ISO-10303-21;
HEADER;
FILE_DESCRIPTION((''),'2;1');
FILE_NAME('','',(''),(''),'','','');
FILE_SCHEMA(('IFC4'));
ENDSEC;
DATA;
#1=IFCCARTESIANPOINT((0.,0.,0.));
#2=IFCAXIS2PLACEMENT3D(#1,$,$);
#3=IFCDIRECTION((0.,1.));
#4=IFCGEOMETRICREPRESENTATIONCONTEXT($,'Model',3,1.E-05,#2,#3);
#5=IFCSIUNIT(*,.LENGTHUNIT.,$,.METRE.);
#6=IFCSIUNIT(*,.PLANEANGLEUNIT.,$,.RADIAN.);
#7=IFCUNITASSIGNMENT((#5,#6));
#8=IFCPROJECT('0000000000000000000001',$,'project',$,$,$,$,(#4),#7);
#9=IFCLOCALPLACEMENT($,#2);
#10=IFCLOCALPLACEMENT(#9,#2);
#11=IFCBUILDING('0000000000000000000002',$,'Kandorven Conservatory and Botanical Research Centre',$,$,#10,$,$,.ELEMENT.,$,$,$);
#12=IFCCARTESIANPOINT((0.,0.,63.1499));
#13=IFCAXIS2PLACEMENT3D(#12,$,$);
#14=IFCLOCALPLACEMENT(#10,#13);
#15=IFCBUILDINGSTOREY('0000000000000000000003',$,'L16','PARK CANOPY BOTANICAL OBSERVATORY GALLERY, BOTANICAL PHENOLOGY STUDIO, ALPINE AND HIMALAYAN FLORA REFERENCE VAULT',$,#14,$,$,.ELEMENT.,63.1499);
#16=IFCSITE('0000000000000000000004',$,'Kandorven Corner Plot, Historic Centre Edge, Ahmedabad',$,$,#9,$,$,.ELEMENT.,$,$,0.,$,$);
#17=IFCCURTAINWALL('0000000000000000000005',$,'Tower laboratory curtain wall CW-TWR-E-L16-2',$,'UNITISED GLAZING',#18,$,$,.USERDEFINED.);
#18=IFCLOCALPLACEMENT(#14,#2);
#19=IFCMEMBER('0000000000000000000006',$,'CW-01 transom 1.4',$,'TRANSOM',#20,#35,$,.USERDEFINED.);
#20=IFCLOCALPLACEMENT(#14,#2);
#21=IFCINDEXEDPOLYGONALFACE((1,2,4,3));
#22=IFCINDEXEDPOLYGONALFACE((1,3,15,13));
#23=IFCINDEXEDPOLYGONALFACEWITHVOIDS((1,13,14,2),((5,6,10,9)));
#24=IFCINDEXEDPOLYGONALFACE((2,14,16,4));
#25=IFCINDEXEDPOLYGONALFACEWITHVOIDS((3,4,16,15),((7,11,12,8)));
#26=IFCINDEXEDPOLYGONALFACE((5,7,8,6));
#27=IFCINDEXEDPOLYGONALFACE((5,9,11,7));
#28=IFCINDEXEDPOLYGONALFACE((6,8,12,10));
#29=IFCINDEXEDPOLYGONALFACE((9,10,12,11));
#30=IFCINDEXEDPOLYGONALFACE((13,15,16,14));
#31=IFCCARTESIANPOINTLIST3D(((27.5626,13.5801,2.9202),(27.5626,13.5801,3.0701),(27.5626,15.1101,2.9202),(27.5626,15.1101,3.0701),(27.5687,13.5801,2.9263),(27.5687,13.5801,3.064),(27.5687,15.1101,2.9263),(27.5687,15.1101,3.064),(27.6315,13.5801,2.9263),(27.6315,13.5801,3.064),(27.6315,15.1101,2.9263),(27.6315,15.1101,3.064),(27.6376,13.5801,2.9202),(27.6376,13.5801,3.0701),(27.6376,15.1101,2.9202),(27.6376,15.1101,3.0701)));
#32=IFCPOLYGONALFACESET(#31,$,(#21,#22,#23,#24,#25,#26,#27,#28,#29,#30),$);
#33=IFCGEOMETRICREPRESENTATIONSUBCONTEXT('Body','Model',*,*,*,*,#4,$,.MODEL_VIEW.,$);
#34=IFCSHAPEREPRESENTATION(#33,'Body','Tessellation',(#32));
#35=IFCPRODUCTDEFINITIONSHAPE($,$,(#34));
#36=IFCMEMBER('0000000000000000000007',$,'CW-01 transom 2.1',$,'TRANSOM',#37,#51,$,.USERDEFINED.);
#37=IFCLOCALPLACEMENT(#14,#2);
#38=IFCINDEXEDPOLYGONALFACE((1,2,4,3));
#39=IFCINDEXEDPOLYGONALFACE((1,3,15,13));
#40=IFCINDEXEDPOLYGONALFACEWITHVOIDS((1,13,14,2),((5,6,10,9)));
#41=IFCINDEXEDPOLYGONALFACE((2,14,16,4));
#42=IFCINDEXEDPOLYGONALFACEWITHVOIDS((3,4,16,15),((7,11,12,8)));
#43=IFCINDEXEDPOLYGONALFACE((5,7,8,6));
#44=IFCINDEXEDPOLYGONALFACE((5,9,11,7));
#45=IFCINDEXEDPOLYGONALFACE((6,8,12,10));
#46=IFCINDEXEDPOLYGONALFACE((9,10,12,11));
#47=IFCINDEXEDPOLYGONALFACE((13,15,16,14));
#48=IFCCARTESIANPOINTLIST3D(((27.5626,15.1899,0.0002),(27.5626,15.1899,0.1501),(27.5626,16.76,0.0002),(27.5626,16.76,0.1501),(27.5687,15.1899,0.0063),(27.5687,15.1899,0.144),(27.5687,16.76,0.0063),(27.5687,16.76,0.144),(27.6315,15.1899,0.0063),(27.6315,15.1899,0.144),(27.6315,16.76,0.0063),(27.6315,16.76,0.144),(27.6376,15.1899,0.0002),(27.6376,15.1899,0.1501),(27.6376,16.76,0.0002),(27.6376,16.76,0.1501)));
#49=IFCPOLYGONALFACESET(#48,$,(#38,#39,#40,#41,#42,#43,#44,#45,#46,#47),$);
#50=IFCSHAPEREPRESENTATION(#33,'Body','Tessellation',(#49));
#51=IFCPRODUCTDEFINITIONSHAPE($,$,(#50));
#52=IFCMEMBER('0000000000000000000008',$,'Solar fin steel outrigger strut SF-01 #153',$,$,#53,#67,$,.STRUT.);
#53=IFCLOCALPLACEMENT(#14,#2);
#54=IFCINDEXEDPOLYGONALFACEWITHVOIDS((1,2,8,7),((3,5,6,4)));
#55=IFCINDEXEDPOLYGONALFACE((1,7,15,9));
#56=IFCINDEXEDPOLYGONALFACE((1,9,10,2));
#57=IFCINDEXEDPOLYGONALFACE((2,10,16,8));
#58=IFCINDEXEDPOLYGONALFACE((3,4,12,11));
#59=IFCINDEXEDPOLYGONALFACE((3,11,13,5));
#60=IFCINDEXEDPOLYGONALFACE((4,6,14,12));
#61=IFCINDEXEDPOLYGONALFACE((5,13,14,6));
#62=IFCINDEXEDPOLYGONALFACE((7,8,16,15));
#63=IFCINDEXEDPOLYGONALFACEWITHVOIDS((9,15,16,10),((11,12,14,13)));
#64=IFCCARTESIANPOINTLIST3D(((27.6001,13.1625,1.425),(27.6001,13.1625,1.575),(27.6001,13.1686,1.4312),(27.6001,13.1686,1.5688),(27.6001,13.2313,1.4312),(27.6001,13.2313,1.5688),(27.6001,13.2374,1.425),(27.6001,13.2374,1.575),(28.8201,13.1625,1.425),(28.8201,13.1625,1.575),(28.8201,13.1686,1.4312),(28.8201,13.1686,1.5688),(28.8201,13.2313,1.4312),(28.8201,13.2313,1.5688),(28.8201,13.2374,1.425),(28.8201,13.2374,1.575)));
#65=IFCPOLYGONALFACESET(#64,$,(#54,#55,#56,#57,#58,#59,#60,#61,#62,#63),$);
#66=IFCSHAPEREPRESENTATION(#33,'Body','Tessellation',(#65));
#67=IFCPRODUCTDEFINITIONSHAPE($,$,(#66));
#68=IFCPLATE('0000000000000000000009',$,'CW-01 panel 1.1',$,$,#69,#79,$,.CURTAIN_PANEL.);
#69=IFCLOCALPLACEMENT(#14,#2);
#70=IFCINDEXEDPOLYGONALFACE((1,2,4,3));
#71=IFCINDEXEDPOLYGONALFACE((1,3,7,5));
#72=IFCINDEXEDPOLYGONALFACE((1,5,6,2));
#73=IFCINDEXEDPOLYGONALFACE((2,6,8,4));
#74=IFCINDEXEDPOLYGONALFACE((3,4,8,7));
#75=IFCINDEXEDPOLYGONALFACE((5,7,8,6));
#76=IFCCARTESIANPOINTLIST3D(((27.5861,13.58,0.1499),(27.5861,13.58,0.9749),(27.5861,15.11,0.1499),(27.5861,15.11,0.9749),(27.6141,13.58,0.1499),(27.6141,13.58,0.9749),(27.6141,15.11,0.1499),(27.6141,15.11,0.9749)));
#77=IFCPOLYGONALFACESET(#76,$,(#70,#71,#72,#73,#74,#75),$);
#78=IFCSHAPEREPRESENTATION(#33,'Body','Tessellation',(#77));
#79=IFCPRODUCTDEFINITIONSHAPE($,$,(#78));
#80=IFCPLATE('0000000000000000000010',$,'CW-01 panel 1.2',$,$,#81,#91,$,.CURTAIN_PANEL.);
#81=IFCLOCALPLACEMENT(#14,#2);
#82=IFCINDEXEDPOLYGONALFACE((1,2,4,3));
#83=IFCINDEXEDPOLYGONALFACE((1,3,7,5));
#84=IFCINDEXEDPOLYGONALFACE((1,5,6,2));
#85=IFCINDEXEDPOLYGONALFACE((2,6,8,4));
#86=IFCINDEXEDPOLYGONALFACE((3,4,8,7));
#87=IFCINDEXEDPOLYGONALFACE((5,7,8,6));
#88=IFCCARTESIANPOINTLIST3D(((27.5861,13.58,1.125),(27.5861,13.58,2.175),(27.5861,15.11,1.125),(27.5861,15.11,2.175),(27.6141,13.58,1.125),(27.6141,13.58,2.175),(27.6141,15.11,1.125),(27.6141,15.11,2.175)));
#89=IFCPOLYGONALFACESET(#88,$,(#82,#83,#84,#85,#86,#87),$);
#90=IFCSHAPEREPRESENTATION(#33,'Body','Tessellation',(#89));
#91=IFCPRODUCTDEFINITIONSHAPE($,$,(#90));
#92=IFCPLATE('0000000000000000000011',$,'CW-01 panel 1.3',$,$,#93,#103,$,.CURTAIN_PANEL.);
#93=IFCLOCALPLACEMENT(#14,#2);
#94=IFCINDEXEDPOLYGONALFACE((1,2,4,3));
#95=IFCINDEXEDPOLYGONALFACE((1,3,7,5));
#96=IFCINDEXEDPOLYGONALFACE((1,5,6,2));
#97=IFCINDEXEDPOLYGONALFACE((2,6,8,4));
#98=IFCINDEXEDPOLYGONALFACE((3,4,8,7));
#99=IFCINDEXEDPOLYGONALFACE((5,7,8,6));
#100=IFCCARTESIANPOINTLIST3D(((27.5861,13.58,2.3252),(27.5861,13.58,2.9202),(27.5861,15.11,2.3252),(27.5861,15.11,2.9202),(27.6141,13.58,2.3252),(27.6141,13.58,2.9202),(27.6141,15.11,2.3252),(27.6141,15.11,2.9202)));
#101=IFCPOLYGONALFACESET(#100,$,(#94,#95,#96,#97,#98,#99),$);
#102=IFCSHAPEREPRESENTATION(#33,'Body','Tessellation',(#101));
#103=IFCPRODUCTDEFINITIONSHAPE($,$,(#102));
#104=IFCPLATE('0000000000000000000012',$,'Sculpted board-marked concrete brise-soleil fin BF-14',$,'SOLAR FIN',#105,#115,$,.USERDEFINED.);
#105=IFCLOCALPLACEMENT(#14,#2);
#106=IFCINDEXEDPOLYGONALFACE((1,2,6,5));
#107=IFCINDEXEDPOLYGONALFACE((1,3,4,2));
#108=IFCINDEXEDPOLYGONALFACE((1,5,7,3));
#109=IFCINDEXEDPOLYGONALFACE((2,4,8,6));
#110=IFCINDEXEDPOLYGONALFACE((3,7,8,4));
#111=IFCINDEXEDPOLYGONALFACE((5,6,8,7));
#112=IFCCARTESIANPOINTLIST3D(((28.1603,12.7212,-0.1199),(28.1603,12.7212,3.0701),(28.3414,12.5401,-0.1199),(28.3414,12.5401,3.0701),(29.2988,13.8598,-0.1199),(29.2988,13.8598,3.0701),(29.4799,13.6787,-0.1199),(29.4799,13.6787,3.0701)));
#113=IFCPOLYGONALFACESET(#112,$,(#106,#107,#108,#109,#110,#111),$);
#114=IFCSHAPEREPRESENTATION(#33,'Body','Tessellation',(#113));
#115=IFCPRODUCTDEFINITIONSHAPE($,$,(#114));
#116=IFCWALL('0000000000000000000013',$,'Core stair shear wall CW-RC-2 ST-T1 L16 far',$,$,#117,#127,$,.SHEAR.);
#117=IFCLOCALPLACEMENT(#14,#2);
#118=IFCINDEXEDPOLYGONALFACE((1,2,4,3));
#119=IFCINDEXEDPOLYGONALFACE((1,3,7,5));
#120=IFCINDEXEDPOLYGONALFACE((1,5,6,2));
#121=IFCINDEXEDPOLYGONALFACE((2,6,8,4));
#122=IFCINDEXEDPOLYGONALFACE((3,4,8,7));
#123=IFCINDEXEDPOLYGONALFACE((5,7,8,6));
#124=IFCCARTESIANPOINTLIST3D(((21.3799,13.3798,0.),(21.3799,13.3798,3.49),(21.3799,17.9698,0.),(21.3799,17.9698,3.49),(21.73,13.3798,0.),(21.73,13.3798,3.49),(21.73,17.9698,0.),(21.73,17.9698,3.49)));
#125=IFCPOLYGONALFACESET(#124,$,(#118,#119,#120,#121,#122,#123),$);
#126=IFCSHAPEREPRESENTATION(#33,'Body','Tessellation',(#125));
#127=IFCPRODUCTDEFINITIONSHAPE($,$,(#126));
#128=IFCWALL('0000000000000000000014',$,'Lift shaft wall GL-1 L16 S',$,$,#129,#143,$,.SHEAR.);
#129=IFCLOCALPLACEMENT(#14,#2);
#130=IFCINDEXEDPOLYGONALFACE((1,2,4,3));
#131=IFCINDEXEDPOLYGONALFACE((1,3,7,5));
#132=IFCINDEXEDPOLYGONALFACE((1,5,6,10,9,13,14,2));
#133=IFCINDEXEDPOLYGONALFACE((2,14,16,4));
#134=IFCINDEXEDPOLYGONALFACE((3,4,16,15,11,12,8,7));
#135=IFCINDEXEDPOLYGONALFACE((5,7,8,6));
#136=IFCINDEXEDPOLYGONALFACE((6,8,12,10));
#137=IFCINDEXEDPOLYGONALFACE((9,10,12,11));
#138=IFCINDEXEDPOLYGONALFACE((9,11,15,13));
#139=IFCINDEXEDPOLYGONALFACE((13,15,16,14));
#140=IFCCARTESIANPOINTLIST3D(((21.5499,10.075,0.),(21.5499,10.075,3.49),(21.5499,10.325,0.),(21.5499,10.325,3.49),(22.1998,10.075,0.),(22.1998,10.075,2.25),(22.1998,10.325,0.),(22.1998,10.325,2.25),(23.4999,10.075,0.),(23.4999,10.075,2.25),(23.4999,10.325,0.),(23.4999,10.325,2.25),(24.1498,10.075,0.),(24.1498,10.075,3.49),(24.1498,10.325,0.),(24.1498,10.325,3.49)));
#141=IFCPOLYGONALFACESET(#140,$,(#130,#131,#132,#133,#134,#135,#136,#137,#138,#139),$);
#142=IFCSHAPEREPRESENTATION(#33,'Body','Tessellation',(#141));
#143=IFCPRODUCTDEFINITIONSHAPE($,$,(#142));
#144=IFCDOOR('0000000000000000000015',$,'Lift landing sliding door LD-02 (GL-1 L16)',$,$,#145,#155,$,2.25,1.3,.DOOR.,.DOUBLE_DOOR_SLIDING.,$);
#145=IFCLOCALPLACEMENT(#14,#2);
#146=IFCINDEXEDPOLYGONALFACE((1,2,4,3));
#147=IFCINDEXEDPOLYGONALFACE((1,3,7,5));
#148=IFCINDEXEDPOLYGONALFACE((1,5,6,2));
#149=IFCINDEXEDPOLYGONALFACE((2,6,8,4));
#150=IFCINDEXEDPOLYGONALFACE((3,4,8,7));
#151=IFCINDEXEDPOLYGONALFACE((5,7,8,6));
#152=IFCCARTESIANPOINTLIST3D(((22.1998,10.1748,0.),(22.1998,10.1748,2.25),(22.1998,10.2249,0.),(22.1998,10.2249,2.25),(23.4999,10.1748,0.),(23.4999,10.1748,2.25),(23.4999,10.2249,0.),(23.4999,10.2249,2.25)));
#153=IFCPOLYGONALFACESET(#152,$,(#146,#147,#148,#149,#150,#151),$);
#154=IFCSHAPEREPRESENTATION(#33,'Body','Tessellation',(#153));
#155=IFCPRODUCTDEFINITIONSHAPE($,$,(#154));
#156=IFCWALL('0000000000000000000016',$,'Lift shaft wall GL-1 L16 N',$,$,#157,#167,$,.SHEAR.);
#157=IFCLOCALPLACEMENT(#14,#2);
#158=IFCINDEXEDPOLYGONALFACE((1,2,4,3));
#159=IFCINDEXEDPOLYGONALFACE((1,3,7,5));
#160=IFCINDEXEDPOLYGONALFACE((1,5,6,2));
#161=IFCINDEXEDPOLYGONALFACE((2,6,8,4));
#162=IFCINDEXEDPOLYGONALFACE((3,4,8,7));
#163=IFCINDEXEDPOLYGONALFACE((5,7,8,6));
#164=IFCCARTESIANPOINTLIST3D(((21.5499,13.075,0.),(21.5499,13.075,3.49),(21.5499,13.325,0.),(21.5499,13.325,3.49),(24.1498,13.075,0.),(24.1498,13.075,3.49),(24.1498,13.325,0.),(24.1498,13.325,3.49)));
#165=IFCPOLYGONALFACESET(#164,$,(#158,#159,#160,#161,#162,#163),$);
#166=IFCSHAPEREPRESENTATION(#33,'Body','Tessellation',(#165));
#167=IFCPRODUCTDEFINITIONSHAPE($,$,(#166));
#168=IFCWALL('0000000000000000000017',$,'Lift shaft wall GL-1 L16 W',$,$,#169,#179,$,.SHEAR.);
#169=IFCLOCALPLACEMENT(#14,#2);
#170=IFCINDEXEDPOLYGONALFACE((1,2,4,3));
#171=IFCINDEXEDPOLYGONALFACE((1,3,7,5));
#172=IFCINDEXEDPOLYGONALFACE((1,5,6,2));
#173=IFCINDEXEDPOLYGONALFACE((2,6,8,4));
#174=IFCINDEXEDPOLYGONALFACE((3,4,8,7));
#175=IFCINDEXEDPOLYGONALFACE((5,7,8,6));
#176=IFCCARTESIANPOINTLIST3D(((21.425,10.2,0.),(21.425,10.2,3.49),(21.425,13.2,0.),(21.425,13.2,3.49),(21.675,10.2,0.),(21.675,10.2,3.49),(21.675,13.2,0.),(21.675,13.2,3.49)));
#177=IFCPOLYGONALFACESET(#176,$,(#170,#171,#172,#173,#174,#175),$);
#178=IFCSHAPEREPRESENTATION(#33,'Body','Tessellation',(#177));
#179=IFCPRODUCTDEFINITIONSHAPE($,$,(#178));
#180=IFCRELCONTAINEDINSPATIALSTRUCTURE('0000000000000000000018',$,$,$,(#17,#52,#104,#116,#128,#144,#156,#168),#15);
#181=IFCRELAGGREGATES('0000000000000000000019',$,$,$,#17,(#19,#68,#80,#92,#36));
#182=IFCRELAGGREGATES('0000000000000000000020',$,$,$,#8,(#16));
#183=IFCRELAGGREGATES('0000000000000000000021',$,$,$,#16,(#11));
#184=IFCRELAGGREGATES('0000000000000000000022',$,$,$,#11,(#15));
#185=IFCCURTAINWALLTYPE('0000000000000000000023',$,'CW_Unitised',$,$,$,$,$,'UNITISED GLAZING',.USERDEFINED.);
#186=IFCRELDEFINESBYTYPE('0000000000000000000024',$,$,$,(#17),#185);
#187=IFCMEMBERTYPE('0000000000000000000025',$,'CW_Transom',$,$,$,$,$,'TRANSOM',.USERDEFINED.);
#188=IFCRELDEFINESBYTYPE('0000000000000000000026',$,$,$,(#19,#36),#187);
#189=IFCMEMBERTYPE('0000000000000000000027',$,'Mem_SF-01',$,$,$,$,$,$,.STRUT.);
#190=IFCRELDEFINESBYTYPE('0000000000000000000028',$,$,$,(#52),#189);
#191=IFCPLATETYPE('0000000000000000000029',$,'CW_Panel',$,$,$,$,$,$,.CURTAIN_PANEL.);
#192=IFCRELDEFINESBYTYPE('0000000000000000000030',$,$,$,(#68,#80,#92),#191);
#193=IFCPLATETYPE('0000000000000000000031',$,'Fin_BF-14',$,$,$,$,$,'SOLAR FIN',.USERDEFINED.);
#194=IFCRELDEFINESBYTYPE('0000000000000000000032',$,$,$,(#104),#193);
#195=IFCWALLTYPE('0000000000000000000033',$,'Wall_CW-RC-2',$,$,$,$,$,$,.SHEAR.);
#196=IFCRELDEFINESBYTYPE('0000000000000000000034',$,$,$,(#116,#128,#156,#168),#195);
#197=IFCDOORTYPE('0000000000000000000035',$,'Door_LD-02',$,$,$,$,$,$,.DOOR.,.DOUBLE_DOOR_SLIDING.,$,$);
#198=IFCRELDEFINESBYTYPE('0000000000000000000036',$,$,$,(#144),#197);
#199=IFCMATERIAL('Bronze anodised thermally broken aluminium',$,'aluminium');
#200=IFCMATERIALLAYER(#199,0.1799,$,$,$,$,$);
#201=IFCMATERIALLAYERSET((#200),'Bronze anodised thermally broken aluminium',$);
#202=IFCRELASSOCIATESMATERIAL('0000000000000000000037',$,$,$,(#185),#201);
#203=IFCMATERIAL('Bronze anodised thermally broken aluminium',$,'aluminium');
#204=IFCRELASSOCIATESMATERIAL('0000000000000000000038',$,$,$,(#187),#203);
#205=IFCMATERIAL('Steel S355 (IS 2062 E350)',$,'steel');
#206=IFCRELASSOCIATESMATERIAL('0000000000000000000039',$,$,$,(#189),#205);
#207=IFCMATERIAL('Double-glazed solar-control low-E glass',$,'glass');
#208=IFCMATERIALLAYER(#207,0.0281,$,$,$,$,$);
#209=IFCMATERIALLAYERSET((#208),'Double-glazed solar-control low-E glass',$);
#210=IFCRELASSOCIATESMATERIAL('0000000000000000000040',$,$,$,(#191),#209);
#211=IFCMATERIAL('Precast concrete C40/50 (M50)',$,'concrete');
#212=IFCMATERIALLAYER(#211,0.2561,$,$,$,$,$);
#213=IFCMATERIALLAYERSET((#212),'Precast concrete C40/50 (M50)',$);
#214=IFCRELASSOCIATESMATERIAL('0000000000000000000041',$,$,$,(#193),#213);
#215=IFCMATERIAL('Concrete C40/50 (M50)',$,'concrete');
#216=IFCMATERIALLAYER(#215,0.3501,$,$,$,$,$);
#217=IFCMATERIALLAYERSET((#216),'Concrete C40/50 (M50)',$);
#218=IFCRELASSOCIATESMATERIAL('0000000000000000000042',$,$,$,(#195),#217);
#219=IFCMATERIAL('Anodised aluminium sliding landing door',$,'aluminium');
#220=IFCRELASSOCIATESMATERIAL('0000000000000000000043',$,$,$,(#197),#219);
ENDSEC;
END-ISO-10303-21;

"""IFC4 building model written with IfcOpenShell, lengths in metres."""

from ifc_helpers import new_model, si_unit, direction, frame, frame_2d, origin, origin_2d, place, context, subcontext, project, spatial, rectangle, hollow_rectangle, extrude, material, layer, layer_set, material_profile, profile_set, type_object, element, fill, aggregate, save


model = new_model("IFC4")

# Units and contexts
model_context = context("Model", 3, precision=1e-05, world=origin(), true_north=direction((0.0, 1.0)))
body_context = subcontext(model_context, "Body", "Model", "MODEL_VIEW")
ifc_project = project(units=[si_unit("LENGTHUNIT", "METRE"), si_unit("PLANEANGLEUNIT", "RADIAN")], contexts=[model_context])

# Site, building, storey
site_placement = place(None, origin())
site = spatial("IfcSite", under=ifc_project, at=site_placement, Name="Kandorven Corner Plot, Historic Centre Edge, Ahmedabad", CompositionType="ELEMENT", RefElevation=0.0)
building_placement = place(site_placement, origin())
building = spatial("IfcBuilding", under=site, at=building_placement, Name="Kandorven Conservatory and Botanical Research Centre", CompositionType="ELEMENT")
storey_placement = place(building_placement, frame((0.0, 0.0, 63.1499)))
storey = spatial("IfcBuildingStorey", under=building, at=storey_placement, Name="L16", Description="PARK CANOPY BOTANICAL OBSERVATORY GALLERY, BOTANICAL PHENOLOGY STUDIO, ALPINE AND HIMALAYAN FLORA REFERENCE VAULT", CompositionType="ELEMENT", Elevation=63.1499)

# Curtain wall, members
ifc_material_1 = material(Name="Bronze anodised thermally broken aluminium", Category="aluminium")
ifc_layer_1 = layer(ifc_material_1, 0.1799)
ifc_layer_set_1 = layer_set([ifc_layer_1], Name="Bronze anodised thermally broken aluminium")
curtain_wall_type = type_object("IfcCurtainWallType", Name="CW_Unitised", ElementType="UNITISED GLAZING", PredefinedType="USERDEFINED", material=ifc_layer_set_1)
curtain_wall_placement = place(storey_placement, origin())
curtain_wall = element("IfcCurtainWall", 1, at=curtain_wall_placement, inside=storey, type_object=curtain_wall_type, Name="Tower laboratory curtain wall CW-TWR-E-L16-2", ObjectType="UNITISED GLAZING", PredefinedType="USERDEFINED")
ifc_material_2 = material(Name="Bronze anodised thermally broken aluminium", Category="aluminium")
ifc_material_profile_1 = material_profile(ifc_material_2, hollow_rectangle(XDim=0.075, YDim=0.1499, WallThickness=0.0061, at=origin_2d()))
ifc_profile_set_1 = profile_set([ifc_material_profile_1], Name="Bronze anodised thermally broken aluminium")
member_type_1 = type_object("IfcMemberType", Name="CW_Transom", ElementType="TRANSOM", PredefinedType="USERDEFINED", material=ifc_profile_set_1)
member_1_placement = place(storey_placement, frame((27.6001, 13.5801, 2.9951), z_axis=(0.0, 1.0, 0.0), x_axis=(-1.0, 0.0, 0.0)))
member_1 = element("IfcMember", 2, at=member_1_placement, type_object=member_type_1, Name="CW-01 transom 1.4", ObjectType="TRANSOM", PredefinedType="USERDEFINED", context=body_context, shape_type="SweptSolid", body=[
    extrude(hollow_rectangle(XDim=0.075, YDim=0.1499, WallThickness=0.0061, at=origin_2d()), origin(), (0.0, 0.0, 1.0), 1.53),
])
member_2_placement = place(storey_placement, frame((27.6001, 15.1899, 0.0752), z_axis=(0.0, 1.0, 0.0), x_axis=(-1.0, 0.0, 0.0)))
member_2 = element("IfcMember", 3, at=member_2_placement, type_object=member_type_1, Name="CW-01 transom 2.1", ObjectType="TRANSOM", PredefinedType="USERDEFINED", context=body_context, shape_type="SweptSolid", body=[
    extrude(hollow_rectangle(XDim=0.075, YDim=0.1499, WallThickness=0.0061, at=origin_2d()), origin(), (0.0, 0.0, 1.0), 1.5701),
])

# Member
ifc_material_3 = material(Name="Steel S355 (IS 2062 E350)", Category="steel")
ifc_material_profile_2 = material_profile(ifc_material_3, hollow_rectangle(XDim=0.075, YDim=0.1499, WallThickness=0.0061, at=origin_2d()))
ifc_profile_set_2 = profile_set([ifc_material_profile_2], Name="Steel S355 (IS 2062 E350)")
member_type_2 = type_object("IfcMemberType", Name="Mem_SF-01", PredefinedType="STRUT", material=ifc_profile_set_2)
member_3_placement = place(storey_placement, frame((27.6001, 13.2, 1.5), z_axis=(1.0, 0.0, 0.0), x_axis=(0.0, 1.0, 0.0)))
element("IfcMember", 4, at=member_3_placement, inside=storey, type_object=member_type_2, Name="Solar fin steel outrigger strut SF-01 #153", PredefinedType="STRUT", context=body_context, shape_type="SweptSolid", body=[
    extrude(hollow_rectangle(XDim=0.075, YDim=0.1499, WallThickness=0.0061, at=origin_2d()), origin(), (0.0, 0.0, 1.0), 1.22),
])

# Plates
ifc_material_4 = material(Name="Double-glazed solar-control low-E glass", Category="glass")
ifc_layer_2 = layer(ifc_material_4, 0.0281)
ifc_layer_set_2 = layer_set([ifc_layer_2], Name="Double-glazed solar-control low-E glass")
plate_type_1 = type_object("IfcPlateType", Name="CW_Panel", PredefinedType="CURTAIN_PANEL", material=ifc_layer_set_2)
plate_1_placement = place(storey_placement, frame((27.6001, 14.345, 0.1499), z_axis=(0.0, 0.0, 1.0), x_axis=(0.0, 1.0, 0.0)))
plate_1 = element("IfcPlate", 5, at=plate_1_placement, type_object=plate_type_1, Name="CW-01 panel 1.1", PredefinedType="CURTAIN_PANEL", context=body_context, shape_type="SweptSolid", body=[
    extrude(rectangle(XDim=1.53, YDim=0.0281, at=origin_2d()), origin(), (0.0, 0.0, 1.0), 0.825),
])
plate_2_placement = place(storey_placement, frame((27.6001, 14.345, 1.125), z_axis=(0.0, 0.0, 1.0), x_axis=(0.0, 1.0, 0.0)))
plate_2 = element("IfcPlate", 6, at=plate_2_placement, type_object=plate_type_1, Name="CW-01 panel 1.2", PredefinedType="CURTAIN_PANEL", context=body_context, shape_type="SweptSolid", body=[
    extrude(rectangle(XDim=1.53, YDim=0.0281, at=origin_2d()), origin(), (0.0, 0.0, 1.0), 1.05),
])
plate_3_placement = place(storey_placement, frame((27.6001, 14.345, 2.3252), z_axis=(0.0, 0.0, 1.0), x_axis=(0.0, 1.0, 0.0)))
plate_3 = element("IfcPlate", 7, at=plate_3_placement, type_object=plate_type_1, Name="CW-01 panel 1.3", PredefinedType="CURTAIN_PANEL", context=body_context, shape_type="SweptSolid", body=[
    extrude(rectangle(XDim=1.53, YDim=0.0281, at=origin_2d()), origin(), (0.0, 0.0, 1.0), 0.595),
])
aggregate(curtain_wall, [member_1, plate_1, plate_2, plate_3, member_2])
ifc_material_5 = material(Name="Precast concrete C40/50 (M50)", Category="concrete")
ifc_layer_3 = layer(ifc_material_5, 0.2561)
ifc_layer_set_3 = layer_set([ifc_layer_3], Name="Precast concrete C40/50 (M50)")
plate_type_2 = type_object("IfcPlateType", Name="Fin_BF-14", ElementType="SOLAR FIN", PredefinedType="USERDEFINED", material=ifc_layer_set_3)
plate_4_placement = place(storey_placement, frame((28.8201, 13.2, -0.1199), z_axis=(0.0, 0.0, 1.0), x_axis=(0.707107, 0.707107, 0.0)))
element("IfcPlate", 8, at=plate_4_placement, inside=storey, type_object=plate_type_2, Name="Sculpted board-marked concrete brise-soleil fin BF-14", ObjectType="SOLAR FIN", PredefinedType="USERDEFINED", context=body_context, shape_type="SweptSolid", body=[
    extrude(rectangle(XDim=1.6101, YDim=0.2561, at=origin_2d()), origin(), (0.0, 0.0, 1.0), 3.1899),
])

# Wall
ifc_material_6 = material(Name="Concrete C40/50 (M50)", Category="concrete")
ifc_layer_4 = layer(ifc_material_6, 0.3501)
ifc_layer_set_4 = layer_set([ifc_layer_4], Name="Concrete C40/50 (M50)")
wall_type_1 = type_object("IfcWallType", Name="Wall_CW-RC-2", PredefinedType="SHEAR", material=ifc_layer_set_4)
wall_1_placement = place(storey_placement, frame((21.5549, 13.3799, 0.0), z_axis=(0.0, 0.0, 1.0), x_axis=(0.0, 1.0, 0.0)))
element("IfcWall", 9, at=wall_1_placement, inside=storey, type_object=wall_type_1, Name="Core stair shear wall CW-RC-2 ST-T1 L16 far", PredefinedType="SHEAR", context=body_context, shape_type="SweptSolid", body=[
    extrude(rectangle(XDim=4.5901, YDim=0.3501, at=frame_2d((2.2949, 0.0))), origin(), (0.0, 0.0, 1.0), 3.49),
])

# Wall, opening, door
wall_2_placement = place(storey_placement, frame((21.55, 10.2, 0.0), z_axis=(0.0, 0.0, 1.0), x_axis=(1.0, 0.0, 0.0)))
wall_2 = element("IfcWall", 10, at=wall_2_placement, inside=storey, type_object=wall_type_1, Name="Lift shaft wall GL-1 L16 S", PredefinedType="SHEAR", context=body_context, shape_type="SweptSolid", body=[
    extrude(rectangle(XDim=2.5999, YDim=0.25, at=frame_2d((1.2998, 0.0))), origin(), (0.0, 0.0, 1.0), 3.49),
])
opening_1_placement = place(wall_2_placement, frame((0.6499, 0.0, 0.0)))
opening_1 = element("IfcOpeningElement", 11, at=opening_1_placement, cuts=wall_2, PredefinedType="OPENING", context=body_context, shape_type="SweptSolid", body=[
    extrude(rectangle(XDim=1.3, YDim=2.25, at=frame_2d((0.6499, 1.125))), frame((0.0, 0.135, 0.0), z_axis=(0.0, -1.0, 0.0), x_axis=(1.0, 0.0, 0.0)), (0.0, 0.0, 1.0), 0.27),
])
ifc_material_7 = material(Name="Anodised aluminium sliding landing door", Category="aluminium")
door_type = type_object("IfcDoorType", Name="Door_LD-02", OperationType="DOUBLE_DOOR_SLIDING", PredefinedType="DOOR", material=ifc_material_7)
door_placement = place(opening_1_placement, origin())
door = element("IfcDoor", 12, at=door_placement, inside=storey, type_object=door_type, Name="Lift landing sliding door LD-02 (GL-1 L16)", OperationType="DOUBLE_DOOR_SLIDING", OverallHeight=2.25, OverallWidth=1.3, PredefinedType="DOOR", context=body_context, shape_type="SweptSolid", body=[
    extrude(rectangle(XDim=1.3, YDim=2.25, at=frame_2d((0.6499, 1.125))), frame((0.0, 0.0249, 0.0), z_axis=(0.0, -1.0, 0.0), x_axis=(1.0, 0.0, 0.0)), (0.0, 0.0, 1.0), 0.05),
])
fill(opening_1, door)

# Walls
wall_3_placement = place(storey_placement, frame((21.55, 13.2, 0.0), z_axis=(0.0, 0.0, 1.0), x_axis=(1.0, 0.0, 0.0)))
element("IfcWall", 13, at=wall_3_placement, inside=storey, type_object=wall_type_1, Name="Lift shaft wall GL-1 L16 N", PredefinedType="SHEAR", context=body_context, shape_type="SweptSolid", body=[
    extrude(rectangle(XDim=2.5999, YDim=0.25, at=frame_2d((1.2998, 0.0))), origin(), (0.0, 0.0, 1.0), 3.49),
])
for number, where, z_axis, x_axis, name in (
    (14, (21.55, 10.2, 0.0), (0.0, 0.0, 1.0), (0.0, 1.0, 0.0), "Lift shaft wall GL-1 L16 W"),
):
    element("IfcWall", number, at=place(storey_placement, frame(where, z_axis=z_axis, x_axis=x_axis)), inside=storey, type_object=wall_type_1, Name=name, PredefinedType="SHEAR", context=body_context, shape_type="SweptSolid", body=[
        extrude(rectangle(XDim=3.0, YDim=0.25, at=frame_2d((1.5, 0.0))), origin(), (0.0, 0.0, 1.0), 3.49),
    ])

save(model, "model.ifc")
